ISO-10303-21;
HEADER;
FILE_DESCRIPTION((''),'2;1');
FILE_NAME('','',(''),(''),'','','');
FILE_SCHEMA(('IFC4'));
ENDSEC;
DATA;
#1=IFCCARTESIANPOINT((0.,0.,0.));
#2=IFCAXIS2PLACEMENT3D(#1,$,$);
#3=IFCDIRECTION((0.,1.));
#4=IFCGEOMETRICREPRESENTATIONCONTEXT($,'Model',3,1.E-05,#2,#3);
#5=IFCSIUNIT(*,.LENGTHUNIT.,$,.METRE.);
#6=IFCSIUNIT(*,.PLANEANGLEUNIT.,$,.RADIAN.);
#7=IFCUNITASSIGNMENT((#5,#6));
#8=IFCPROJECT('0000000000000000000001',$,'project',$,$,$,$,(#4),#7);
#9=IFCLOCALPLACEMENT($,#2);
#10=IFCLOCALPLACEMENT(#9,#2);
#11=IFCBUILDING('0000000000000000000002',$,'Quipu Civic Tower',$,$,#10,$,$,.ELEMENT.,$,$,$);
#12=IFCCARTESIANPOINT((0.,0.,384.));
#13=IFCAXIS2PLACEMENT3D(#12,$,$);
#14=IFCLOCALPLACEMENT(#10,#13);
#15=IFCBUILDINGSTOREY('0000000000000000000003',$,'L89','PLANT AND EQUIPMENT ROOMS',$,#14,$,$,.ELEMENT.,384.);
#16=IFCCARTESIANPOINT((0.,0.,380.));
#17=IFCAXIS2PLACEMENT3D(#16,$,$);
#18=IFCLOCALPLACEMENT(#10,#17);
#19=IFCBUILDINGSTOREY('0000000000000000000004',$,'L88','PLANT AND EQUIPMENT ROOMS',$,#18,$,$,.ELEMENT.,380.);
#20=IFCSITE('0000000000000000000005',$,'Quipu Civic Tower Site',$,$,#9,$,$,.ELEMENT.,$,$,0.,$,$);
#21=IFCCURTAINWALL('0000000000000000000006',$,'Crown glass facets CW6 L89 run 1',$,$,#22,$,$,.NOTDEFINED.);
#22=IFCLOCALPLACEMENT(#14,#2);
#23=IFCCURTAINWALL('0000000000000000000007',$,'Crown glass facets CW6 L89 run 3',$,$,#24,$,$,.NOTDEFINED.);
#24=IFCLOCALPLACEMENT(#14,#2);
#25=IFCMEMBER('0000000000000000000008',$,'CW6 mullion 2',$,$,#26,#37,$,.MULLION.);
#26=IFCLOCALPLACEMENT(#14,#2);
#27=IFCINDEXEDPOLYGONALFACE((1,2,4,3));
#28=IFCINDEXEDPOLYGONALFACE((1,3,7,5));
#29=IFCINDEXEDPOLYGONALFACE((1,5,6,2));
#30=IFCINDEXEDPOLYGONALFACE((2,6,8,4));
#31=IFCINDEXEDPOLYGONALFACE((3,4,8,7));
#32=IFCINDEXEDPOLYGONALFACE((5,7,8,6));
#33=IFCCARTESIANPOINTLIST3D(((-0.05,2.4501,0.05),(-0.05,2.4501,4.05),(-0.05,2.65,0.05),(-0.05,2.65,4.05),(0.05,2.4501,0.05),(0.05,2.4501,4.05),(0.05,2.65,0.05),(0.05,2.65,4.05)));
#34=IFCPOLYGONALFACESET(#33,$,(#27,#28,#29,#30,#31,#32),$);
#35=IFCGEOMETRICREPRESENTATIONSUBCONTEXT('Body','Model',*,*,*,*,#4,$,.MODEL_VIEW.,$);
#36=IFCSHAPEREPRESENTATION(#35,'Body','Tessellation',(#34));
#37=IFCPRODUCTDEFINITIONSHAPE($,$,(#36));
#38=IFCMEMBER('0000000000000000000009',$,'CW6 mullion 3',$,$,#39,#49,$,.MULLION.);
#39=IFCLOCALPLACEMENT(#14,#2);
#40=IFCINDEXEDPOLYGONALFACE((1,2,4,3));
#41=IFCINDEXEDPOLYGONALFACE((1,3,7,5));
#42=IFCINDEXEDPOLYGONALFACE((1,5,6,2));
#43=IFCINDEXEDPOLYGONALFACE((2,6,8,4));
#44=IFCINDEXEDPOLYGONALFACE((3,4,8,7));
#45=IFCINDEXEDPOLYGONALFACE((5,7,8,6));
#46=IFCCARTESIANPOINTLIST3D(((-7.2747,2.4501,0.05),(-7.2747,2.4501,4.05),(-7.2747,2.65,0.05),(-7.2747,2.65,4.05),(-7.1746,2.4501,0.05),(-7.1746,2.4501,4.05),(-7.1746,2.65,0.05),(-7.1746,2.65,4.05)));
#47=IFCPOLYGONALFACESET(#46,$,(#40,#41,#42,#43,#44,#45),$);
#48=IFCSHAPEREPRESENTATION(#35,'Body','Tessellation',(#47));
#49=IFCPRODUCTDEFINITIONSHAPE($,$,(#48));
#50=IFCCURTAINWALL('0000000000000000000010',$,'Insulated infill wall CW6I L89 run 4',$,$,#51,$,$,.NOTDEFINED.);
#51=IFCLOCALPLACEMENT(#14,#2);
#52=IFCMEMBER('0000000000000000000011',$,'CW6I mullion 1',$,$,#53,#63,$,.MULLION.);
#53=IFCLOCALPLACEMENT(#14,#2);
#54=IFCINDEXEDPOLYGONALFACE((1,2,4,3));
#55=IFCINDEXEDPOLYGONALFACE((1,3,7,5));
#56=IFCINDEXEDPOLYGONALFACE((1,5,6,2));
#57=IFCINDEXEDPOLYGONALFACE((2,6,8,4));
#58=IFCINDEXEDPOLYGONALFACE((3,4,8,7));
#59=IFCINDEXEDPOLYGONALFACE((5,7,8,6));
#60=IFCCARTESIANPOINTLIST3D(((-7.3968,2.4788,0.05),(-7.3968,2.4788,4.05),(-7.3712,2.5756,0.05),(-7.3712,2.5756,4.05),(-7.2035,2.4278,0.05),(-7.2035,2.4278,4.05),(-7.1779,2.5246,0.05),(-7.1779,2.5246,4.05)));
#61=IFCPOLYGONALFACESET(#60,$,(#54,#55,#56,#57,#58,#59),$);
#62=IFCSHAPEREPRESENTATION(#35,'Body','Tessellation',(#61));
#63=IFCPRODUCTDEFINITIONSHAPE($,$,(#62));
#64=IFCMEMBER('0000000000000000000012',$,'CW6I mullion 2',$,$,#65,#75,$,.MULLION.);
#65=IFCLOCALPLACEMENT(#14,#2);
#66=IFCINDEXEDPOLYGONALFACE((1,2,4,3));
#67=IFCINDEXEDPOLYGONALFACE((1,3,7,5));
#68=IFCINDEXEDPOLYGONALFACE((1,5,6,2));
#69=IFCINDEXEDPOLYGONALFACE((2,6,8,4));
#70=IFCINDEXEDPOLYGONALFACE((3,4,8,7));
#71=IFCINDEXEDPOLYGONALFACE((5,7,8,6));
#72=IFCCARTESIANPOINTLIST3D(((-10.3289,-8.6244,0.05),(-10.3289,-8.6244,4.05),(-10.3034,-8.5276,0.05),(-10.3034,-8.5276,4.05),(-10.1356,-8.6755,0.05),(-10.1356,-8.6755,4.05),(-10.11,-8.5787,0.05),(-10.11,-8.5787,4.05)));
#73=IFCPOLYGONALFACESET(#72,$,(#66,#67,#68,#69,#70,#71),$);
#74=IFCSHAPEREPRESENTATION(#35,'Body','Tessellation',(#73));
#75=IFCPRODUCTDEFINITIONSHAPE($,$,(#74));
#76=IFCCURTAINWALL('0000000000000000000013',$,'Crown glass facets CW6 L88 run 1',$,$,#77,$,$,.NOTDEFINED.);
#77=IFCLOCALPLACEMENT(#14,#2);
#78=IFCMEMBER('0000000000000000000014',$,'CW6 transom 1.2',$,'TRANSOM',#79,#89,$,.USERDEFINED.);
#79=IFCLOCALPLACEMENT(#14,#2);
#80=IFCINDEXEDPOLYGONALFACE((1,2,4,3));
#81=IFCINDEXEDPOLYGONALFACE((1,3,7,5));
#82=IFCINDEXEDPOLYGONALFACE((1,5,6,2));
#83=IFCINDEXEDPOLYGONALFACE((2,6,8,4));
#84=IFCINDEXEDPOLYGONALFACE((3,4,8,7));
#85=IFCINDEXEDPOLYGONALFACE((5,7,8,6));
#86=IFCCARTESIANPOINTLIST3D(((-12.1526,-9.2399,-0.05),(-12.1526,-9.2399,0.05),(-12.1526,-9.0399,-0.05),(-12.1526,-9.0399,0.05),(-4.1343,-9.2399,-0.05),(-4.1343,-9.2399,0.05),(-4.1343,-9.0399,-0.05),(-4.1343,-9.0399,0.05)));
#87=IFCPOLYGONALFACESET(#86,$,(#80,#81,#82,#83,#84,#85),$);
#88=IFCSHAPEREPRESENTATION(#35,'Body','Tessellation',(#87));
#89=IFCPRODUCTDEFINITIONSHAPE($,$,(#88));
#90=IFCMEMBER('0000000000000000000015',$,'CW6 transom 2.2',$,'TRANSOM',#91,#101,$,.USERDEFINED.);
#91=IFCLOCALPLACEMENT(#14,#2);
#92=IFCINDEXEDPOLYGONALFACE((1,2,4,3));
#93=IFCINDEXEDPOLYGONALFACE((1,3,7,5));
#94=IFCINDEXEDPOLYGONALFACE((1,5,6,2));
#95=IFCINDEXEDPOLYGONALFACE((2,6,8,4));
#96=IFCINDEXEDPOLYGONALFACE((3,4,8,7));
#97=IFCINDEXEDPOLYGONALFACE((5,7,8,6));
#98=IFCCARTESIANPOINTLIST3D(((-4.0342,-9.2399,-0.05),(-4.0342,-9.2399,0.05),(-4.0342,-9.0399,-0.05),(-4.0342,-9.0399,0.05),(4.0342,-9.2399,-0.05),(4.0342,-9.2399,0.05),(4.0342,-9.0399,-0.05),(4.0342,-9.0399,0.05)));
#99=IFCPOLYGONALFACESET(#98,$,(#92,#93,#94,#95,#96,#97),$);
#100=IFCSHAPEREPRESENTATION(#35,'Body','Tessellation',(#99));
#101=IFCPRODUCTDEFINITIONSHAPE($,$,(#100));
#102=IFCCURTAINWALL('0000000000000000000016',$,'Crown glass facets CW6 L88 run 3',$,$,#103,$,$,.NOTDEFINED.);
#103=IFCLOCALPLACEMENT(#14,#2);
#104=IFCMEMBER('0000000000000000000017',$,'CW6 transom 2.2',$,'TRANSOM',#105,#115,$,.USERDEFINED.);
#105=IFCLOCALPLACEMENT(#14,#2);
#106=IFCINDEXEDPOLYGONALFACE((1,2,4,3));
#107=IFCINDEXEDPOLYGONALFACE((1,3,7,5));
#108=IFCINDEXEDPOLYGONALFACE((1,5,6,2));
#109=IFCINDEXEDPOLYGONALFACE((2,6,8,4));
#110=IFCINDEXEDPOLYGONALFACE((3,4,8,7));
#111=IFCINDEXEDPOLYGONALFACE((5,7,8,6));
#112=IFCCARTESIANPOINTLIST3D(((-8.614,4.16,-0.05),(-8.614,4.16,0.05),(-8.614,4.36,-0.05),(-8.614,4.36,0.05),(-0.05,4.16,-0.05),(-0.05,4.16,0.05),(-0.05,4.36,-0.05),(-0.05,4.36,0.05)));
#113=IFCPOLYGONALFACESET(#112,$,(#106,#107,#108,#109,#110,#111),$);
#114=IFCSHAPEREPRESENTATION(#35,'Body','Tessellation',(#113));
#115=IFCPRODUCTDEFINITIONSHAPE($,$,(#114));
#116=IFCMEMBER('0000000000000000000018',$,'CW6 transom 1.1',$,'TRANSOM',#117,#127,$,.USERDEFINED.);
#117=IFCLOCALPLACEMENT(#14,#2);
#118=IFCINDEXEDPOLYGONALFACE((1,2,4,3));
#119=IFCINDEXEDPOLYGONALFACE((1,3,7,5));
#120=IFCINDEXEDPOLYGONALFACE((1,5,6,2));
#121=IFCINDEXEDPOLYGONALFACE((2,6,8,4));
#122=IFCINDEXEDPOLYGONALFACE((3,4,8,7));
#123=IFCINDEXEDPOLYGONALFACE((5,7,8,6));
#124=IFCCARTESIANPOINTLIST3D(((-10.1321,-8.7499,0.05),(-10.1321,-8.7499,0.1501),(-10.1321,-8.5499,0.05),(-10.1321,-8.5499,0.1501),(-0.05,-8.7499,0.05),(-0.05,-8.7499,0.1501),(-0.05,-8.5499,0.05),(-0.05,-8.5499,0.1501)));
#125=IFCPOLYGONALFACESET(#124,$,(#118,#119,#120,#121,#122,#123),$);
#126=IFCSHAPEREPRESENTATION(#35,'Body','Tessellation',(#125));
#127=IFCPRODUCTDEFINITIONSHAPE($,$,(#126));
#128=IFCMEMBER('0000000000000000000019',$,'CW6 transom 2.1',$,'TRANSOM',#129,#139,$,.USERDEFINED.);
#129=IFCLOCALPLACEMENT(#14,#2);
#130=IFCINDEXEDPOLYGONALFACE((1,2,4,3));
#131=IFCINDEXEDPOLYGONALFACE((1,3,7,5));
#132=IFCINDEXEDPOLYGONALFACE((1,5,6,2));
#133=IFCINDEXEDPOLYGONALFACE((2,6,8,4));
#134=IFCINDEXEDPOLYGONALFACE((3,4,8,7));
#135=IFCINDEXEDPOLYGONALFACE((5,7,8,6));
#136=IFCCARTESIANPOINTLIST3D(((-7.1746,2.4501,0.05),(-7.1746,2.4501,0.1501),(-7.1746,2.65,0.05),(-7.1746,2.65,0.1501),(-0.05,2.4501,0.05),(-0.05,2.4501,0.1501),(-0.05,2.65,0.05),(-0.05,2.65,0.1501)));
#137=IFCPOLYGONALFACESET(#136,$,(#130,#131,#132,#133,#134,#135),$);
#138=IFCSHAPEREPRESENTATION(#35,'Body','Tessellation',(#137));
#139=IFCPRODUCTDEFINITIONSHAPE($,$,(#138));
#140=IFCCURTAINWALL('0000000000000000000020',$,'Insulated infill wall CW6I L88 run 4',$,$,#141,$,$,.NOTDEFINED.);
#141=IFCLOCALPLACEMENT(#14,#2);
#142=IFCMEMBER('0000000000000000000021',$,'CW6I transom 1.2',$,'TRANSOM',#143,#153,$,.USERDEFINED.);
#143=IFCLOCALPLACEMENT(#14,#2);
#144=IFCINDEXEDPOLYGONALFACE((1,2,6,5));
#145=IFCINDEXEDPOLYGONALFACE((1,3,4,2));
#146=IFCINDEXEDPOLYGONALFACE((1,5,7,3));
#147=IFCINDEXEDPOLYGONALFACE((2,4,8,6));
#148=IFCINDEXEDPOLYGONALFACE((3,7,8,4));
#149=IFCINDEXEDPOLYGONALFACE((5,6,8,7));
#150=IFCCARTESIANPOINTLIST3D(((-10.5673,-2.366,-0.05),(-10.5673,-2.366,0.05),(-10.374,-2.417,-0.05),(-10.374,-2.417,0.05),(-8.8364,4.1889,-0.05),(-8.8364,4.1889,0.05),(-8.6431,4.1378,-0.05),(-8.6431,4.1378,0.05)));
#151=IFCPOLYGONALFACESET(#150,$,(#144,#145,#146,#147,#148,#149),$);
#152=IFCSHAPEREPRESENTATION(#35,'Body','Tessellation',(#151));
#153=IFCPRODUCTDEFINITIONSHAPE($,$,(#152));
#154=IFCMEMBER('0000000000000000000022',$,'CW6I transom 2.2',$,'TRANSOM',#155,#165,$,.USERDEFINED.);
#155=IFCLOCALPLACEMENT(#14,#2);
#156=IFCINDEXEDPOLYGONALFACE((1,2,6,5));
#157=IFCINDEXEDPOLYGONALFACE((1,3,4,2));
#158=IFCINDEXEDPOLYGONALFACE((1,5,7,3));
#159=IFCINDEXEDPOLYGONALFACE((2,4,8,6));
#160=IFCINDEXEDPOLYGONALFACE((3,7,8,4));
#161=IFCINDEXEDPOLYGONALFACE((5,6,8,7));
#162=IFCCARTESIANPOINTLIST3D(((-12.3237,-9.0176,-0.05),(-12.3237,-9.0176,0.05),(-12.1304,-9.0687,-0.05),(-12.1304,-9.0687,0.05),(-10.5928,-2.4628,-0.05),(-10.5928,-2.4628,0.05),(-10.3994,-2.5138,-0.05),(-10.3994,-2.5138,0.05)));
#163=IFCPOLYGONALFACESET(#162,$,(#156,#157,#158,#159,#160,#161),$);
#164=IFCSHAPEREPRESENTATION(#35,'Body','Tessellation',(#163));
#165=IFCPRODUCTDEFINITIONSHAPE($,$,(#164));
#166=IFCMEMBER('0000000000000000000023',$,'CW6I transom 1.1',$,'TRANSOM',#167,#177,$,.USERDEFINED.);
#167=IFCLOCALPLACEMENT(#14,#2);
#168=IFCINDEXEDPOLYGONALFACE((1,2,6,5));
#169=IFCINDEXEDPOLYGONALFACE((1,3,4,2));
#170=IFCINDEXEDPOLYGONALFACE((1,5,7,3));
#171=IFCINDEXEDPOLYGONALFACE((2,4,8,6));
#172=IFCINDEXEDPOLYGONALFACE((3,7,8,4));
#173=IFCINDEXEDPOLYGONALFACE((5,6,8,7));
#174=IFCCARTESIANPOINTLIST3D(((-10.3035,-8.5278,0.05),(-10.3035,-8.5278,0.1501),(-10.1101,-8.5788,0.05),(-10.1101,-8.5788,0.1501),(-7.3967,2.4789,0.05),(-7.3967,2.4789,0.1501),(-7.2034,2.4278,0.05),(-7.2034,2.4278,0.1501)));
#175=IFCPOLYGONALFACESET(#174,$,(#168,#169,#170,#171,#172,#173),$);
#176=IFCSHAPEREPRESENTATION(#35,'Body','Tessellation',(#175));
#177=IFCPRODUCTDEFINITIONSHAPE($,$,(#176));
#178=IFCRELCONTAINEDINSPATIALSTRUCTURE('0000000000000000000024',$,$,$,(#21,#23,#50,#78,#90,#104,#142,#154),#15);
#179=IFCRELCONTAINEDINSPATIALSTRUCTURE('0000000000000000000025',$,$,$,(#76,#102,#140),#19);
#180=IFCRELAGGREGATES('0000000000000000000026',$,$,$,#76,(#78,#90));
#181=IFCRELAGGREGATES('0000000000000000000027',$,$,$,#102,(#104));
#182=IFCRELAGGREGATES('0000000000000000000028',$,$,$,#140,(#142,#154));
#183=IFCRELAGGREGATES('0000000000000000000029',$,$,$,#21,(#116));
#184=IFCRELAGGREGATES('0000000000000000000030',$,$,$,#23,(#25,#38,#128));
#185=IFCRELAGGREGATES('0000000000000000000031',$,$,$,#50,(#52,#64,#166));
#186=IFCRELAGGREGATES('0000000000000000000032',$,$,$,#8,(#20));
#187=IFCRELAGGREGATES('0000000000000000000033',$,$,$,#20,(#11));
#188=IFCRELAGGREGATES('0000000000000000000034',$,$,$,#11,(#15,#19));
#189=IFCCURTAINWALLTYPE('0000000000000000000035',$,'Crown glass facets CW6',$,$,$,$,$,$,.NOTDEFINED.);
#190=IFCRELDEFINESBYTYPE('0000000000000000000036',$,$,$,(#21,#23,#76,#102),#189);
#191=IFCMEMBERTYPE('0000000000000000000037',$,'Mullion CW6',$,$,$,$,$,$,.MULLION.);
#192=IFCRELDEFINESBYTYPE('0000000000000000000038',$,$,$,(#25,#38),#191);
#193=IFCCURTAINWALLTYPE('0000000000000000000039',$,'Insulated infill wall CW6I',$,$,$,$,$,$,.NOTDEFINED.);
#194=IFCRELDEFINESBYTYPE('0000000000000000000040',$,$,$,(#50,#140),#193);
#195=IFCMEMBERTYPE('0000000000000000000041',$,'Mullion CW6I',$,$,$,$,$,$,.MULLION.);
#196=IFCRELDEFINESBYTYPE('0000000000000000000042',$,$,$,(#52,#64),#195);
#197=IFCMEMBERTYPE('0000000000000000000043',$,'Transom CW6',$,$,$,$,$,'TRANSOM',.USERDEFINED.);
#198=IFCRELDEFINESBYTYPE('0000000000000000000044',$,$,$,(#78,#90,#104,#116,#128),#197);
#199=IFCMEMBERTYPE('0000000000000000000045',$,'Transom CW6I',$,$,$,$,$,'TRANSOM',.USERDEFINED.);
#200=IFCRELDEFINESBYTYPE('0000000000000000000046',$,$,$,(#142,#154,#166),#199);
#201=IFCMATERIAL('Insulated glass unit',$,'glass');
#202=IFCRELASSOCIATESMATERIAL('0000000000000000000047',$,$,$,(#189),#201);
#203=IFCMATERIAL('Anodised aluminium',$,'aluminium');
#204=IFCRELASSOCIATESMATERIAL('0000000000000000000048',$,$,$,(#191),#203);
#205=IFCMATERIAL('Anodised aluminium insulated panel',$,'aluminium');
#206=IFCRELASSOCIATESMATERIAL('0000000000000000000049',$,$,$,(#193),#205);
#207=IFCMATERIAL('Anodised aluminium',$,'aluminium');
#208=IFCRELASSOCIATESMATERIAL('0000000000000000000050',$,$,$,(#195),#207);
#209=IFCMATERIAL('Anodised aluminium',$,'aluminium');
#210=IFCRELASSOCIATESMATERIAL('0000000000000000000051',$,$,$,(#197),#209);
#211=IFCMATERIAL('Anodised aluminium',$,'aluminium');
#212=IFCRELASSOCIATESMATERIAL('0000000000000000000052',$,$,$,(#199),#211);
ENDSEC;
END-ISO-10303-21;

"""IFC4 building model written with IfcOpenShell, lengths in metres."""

from ifc_helpers import new_model, si_unit, direction, frame, origin, origin_2d, place, context, subcontext, project, spatial, rectangle, extrude, material, material_profile, profile_set, type_object, element, aggregate, save


model = new_model("IFC4")

# Units and contexts
model_context = context("Model", 3, precision=1e-05, world=origin(), true_north=direction((0.0, 1.0)))
body_context = subcontext(model_context, "Body", "Model", "MODEL_VIEW")
ifc_project = project(units=[si_unit("LENGTHUNIT", "METRE"), si_unit("PLANEANGLEUNIT", "RADIAN")], contexts=[model_context])

# Site, building, storey
site_placement = place(None, origin())
site = spatial("IfcSite", under=ifc_project, at=site_placement, Name="Quipu Civic Tower Site", CompositionType="ELEMENT", RefElevation=0.0)
building_placement = place(site_placement, origin())
building = spatial("IfcBuilding", under=site, at=building_placement, Name="Quipu Civic Tower", CompositionType="ELEMENT")
storey_1_placement = place(building_placement, frame((0.0, 0.0, 384.0)))
storey_1 = spatial("IfcBuildingStorey", under=building, at=storey_1_placement, Name="L89", Description="PLANT AND EQUIPMENT ROOMS", CompositionType="ELEMENT", Elevation=384.0)

# Curtain walls, members
ifc_material_1 = material(Name="Insulated glass unit", Category="glass")
curtain_wall_type_1 = type_object("IfcCurtainWallType", Name="Crown glass facets CW6", PredefinedType="NOTDEFINED", material=ifc_material_1)
curtain_wall_1_placement = place(storey_1_placement, origin())
curtain_wall_1 = element("IfcCurtainWall", 1, at=curtain_wall_1_placement, inside=storey_1, type_object=curtain_wall_type_1, Name="Crown glass facets CW6 L89 run 1", PredefinedType="NOTDEFINED")
ifc_material_2 = material(Name="Anodised aluminium", Category="aluminium")
ifc_material_profile_1 = material_profile(ifc_material_2, rectangle(XDim=0.2, YDim=0.1001, at=origin_2d()), Name="RECT 200x100")
ifc_profile_set_1 = profile_set([ifc_material_profile_1], Name="Anodised aluminium")
member_type_1 = type_object("IfcMemberType", Name="Mullion CW6", PredefinedType="MULLION", material=ifc_profile_set_1)
curtain_wall_2_placement = place(storey_1_placement, origin())
curtain_wall_2 = element("IfcCurtainWall", 2, at=curtain_wall_2_placement, inside=storey_1, type_object=curtain_wall_type_1, Name="Crown glass facets CW6 L89 run 3", PredefinedType="NOTDEFINED")
member_1_placement = place(storey_1_placement, frame((0.0, 2.55, 0.05), z_axis=(0.0, 0.0, 1.0), x_axis=(0.0, -1.0, 0.0)))
member_1 = element("IfcMember", 3, at=member_1_placement, type_object=member_type_1, Name="CW6 mullion 2", PredefinedType="MULLION", context=body_context, shape_type="SweptSolid", body=[
    extrude(rectangle(XDim=0.2, YDim=0.1001, at=origin_2d()), origin(), (0.0, 0.0, 1.0), 4.0),
])
member_2_placement = place(storey_1_placement, frame((-7.2246, 2.55, 0.05), z_axis=(0.0, 0.0, 1.0), x_axis=(0.0, -1.0, 0.0)))
member_2 = element("IfcMember", 4, at=member_2_placement, type_object=member_type_1, Name="CW6 mullion 3", PredefinedType="MULLION", context=body_context, shape_type="SweptSolid", body=[
    extrude(rectangle(XDim=0.2, YDim=0.1001, at=origin_2d()), origin(), (0.0, 0.0, 1.0), 4.0),
])
ifc_material_3 = material(Name="Anodised aluminium insulated panel", Category="aluminium")
curtain_wall_type_2 = type_object("IfcCurtainWallType", Name="Insulated infill wall CW6I", PredefinedType="NOTDEFINED", material=ifc_material_3)
curtain_wall_3_placement = place(storey_1_placement, origin())
curtain_wall_3 = element("IfcCurtainWall", 5, at=curtain_wall_3_placement, inside=storey_1, type_object=curtain_wall_type_2, Name="Insulated infill wall CW6I L89 run 4", PredefinedType="NOTDEFINED")
ifc_material_4 = material(Name="Anodised aluminium", Category="aluminium")
ifc_material_profile_2 = material_profile(ifc_material_4, rectangle(XDim=0.2, YDim=0.1001, at=origin_2d()), Name="RECT 200x100")
ifc_profile_set_2 = profile_set([ifc_material_profile_2], Name="Anodised aluminium")
member_type_2 = type_object("IfcMemberType", Name="Mullion CW6I", PredefinedType="MULLION", material=ifc_profile_set_2)
member_3_placement = place(storey_1_placement, frame((-7.2874, 2.5017, 0.05), z_axis=(0.0, 0.0, 1.0), x_axis=(0.966857, -0.255319, 0.0)))
member_3 = element("IfcMember", 6, at=member_3_placement, type_object=member_type_2, Name="CW6I mullion 1", PredefinedType="MULLION", context=body_context, shape_type="SweptSolid", body=[
    extrude(rectangle(XDim=0.2, YDim=0.1001, at=origin_2d()), origin(), (0.0, 0.0, 1.0), 4.0),
])
member_4_placement = place(storey_1_placement, frame((-10.2195, -8.6016, 0.05), z_axis=(0.0, 0.0, 1.0), x_axis=(0.966857, -0.255319, 0.0)))
member_4 = element("IfcMember", 7, at=member_4_placement, type_object=member_type_2, Name="CW6I mullion 2", PredefinedType="MULLION", context=body_context, shape_type="SweptSolid", body=[
    extrude(rectangle(XDim=0.2, YDim=0.1001, at=origin_2d()), origin(), (0.0, 0.0, 1.0), 4.0),
])

# Shared definitions
storey_2_placement = place(building_placement, frame((0.0, 0.0, 380.0)))
storey_2 = spatial("IfcBuildingStorey", under=building, at=storey_2_placement, Name="L88", Description="PLANT AND EQUIPMENT ROOMS", CompositionType="ELEMENT", Elevation=380.0)

# Curtain wall, members
curtain_wall_4_placement = place(storey_2_placement, origin())
curtain_wall_4 = element("IfcCurtainWall", 8, at=curtain_wall_4_placement, inside=storey_2, type_object=curtain_wall_type_1, Name="Crown glass facets CW6 L88 run 1", PredefinedType="NOTDEFINED")
ifc_material_5 = material(Name="Anodised aluminium", Category="aluminium")
ifc_material_profile_3 = material_profile(ifc_material_5, rectangle(XDim=0.2, YDim=0.1001, at=origin_2d()), Name="RECT 200x100")
ifc_profile_set_3 = profile_set([ifc_material_profile_3], Name="Anodised aluminium")
member_type_3 = type_object("IfcMemberType", Name="Transom CW6", ElementType="TRANSOM", PredefinedType="USERDEFINED", material=ifc_profile_set_3)
member_5_placement = place(storey_1_placement, frame((-12.1526, -9.1399, 0.0), z_axis=(1.0, 0.0, 0.0), x_axis=(0.0, 1.0, 0.0)))
member_5 = element("IfcMember", 9, at=member_5_placement, inside=storey_1, type_object=member_type_3, Name="CW6 transom 1.2", ObjectType="TRANSOM", PredefinedType="USERDEFINED", context=body_context, shape_type="SweptSolid", body=[
    extrude(rectangle(XDim=0.2, YDim=0.1001, at=origin_2d()), origin(), (0.0, 0.0, 1.0), 8.0183),
])
member_6_placement = place(storey_1_placement, frame((-4.0342, -9.1399, 0.0), z_axis=(1.0, 0.0, 0.0), x_axis=(0.0, 1.0, 0.0)))
member_6 = element("IfcMember", 10, at=member_6_placement, inside=storey_1, type_object=member_type_3, Name="CW6 transom 2.2", ObjectType="TRANSOM", PredefinedType="USERDEFINED", context=body_context, shape_type="SweptSolid", body=[
    extrude(rectangle(XDim=0.2, YDim=0.1001, at=origin_2d()), origin(), (0.0, 0.0, 1.0), 8.0684),
])
aggregate(curtain_wall_4, [member_5, member_6])

# Curtain wall, member
curtain_wall_5_placement = place(storey_2_placement, origin())
curtain_wall_5 = element("IfcCurtainWall", 11, at=curtain_wall_5_placement, inside=storey_2, type_object=curtain_wall_type_1, Name="Crown glass facets CW6 L88 run 3", PredefinedType="NOTDEFINED")
member_7_placement = place(storey_1_placement, frame((-0.05, 4.26, 0.0), z_axis=(-1.0, 0.0, 0.0), x_axis=(0.0, -1.0, 0.0)))
member_7 = element("IfcMember", 12, at=member_7_placement, inside=storey_1, type_object=member_type_3, Name="CW6 transom 2.2", ObjectType="TRANSOM", PredefinedType="USERDEFINED", context=body_context, shape_type="SweptSolid", body=[
    extrude(rectangle(XDim=0.2, YDim=0.1001, at=origin_2d()), origin(), (0.0, 0.0, 1.0), 8.564),
])
aggregate(curtain_wall_5, [member_7])

# Members
member_8_placement = place(storey_1_placement, frame((-10.1321, -8.6499, 0.1001), z_axis=(1.0, 0.0, 0.0), x_axis=(0.0, 1.0, 0.0)))
member_8 = element("IfcMember", 13, at=member_8_placement, type_object=member_type_3, Name="CW6 transom 1.1", ObjectType="TRANSOM", PredefinedType="USERDEFINED", context=body_context, shape_type="SweptSolid", body=[
    extrude(rectangle(XDim=0.2, YDim=0.1001, at=origin_2d()), origin(), (0.0, 0.0, 1.0), 10.082),
])
member_9_placement = place(storey_1_placement, frame((-0.05, 2.55, 0.1001), z_axis=(-1.0, 0.0, 0.0), x_axis=(0.0, -1.0, 0.0)))
member_9 = element("IfcMember", 14, at=member_9_placement, type_object=member_type_3, Name="CW6 transom 2.1", ObjectType="TRANSOM", PredefinedType="USERDEFINED", context=body_context, shape_type="SweptSolid", body=[
    extrude(rectangle(XDim=0.2, YDim=0.1001, at=origin_2d()), origin(), (0.0, 0.0, 1.0), 7.1245),
])

# Curtain wall, members
curtain_wall_6_placement = place(storey_2_placement, origin())
curtain_wall_6 = element("IfcCurtainWall", 15, at=curtain_wall_6_placement, inside=storey_2, type_object=curtain_wall_type_2, Name="Insulated infill wall CW6I L88 run 4", PredefinedType="NOTDEFINED")
ifc_material_6 = material(Name="Anodised aluminium", Category="aluminium")
ifc_material_profile_4 = material_profile(ifc_material_6, rectangle(XDim=0.2, YDim=0.1001, at=origin_2d()), Name="RECT 200x100")
ifc_profile_set_4 = profile_set([ifc_material_profile_4], Name="Anodised aluminium")
member_type_4 = type_object("IfcMemberType", Name="Transom CW6I", ElementType="TRANSOM", PredefinedType="USERDEFINED", material=ifc_profile_set_4)
member_10_placement = place(storey_1_placement, frame((-8.7397, 4.1633, 0.0), z_axis=(-0.255317, -0.966857, 0.0), x_axis=(0.966857, -0.255317, 0.0)))
member_10 = element("IfcMember", 16, at=member_10_placement, inside=storey_1, type_object=member_type_4, Name="CW6I transom 1.2", ObjectType="TRANSOM", PredefinedType="USERDEFINED", context=body_context, shape_type="SweptSolid", body=[
    extrude(rectangle(XDim=0.2, YDim=0.1001, at=origin_2d()), origin(), (0.0, 0.0, 1.0), 6.7795),
])
member_11_placement = place(storey_1_placement, frame((-10.4961, -2.4883, 0.0), z_axis=(-0.255317, -0.966857, 0.0), x_axis=(0.966857, -0.255317, 0.0)))
member_11 = element("IfcMember", 17, at=member_11_placement, inside=storey_1, type_object=member_type_4, Name="CW6I transom 2.2", ObjectType="TRANSOM", PredefinedType="USERDEFINED", context=body_context, shape_type="SweptSolid", body=[
    extrude(rectangle(XDim=0.2, YDim=0.1001, at=origin_2d()), origin(), (0.0, 0.0, 1.0), 6.7795),
])
aggregate(curtain_wall_6, [member_10, member_11])

# Member
member_12_placement = place(storey_1_placement, frame((-7.3, 2.4534, 0.1001), z_axis=(-0.255337, -0.966852, 0.0), x_axis=(0.966852, -0.255337, 0.0)))
member_12 = element("IfcMember", 18, at=member_12_placement, type_object=member_type_4, Name="CW6I transom 1.1", ObjectType="TRANSOM", PredefinedType="USERDEFINED", context=body_context, shape_type="SweptSolid", body=[
    extrude(rectangle(XDim=0.2, YDim=0.1001, at=origin_2d()), origin(), (0.0, 0.0, 1.0), 11.384),
])

aggregate(curtain_wall_1, [member_8])
aggregate(curtain_wall_2, [member_1, member_2, member_9])
aggregate(curtain_wall_3, [member_3, member_4, member_12])

save(model, "model.ifc")
